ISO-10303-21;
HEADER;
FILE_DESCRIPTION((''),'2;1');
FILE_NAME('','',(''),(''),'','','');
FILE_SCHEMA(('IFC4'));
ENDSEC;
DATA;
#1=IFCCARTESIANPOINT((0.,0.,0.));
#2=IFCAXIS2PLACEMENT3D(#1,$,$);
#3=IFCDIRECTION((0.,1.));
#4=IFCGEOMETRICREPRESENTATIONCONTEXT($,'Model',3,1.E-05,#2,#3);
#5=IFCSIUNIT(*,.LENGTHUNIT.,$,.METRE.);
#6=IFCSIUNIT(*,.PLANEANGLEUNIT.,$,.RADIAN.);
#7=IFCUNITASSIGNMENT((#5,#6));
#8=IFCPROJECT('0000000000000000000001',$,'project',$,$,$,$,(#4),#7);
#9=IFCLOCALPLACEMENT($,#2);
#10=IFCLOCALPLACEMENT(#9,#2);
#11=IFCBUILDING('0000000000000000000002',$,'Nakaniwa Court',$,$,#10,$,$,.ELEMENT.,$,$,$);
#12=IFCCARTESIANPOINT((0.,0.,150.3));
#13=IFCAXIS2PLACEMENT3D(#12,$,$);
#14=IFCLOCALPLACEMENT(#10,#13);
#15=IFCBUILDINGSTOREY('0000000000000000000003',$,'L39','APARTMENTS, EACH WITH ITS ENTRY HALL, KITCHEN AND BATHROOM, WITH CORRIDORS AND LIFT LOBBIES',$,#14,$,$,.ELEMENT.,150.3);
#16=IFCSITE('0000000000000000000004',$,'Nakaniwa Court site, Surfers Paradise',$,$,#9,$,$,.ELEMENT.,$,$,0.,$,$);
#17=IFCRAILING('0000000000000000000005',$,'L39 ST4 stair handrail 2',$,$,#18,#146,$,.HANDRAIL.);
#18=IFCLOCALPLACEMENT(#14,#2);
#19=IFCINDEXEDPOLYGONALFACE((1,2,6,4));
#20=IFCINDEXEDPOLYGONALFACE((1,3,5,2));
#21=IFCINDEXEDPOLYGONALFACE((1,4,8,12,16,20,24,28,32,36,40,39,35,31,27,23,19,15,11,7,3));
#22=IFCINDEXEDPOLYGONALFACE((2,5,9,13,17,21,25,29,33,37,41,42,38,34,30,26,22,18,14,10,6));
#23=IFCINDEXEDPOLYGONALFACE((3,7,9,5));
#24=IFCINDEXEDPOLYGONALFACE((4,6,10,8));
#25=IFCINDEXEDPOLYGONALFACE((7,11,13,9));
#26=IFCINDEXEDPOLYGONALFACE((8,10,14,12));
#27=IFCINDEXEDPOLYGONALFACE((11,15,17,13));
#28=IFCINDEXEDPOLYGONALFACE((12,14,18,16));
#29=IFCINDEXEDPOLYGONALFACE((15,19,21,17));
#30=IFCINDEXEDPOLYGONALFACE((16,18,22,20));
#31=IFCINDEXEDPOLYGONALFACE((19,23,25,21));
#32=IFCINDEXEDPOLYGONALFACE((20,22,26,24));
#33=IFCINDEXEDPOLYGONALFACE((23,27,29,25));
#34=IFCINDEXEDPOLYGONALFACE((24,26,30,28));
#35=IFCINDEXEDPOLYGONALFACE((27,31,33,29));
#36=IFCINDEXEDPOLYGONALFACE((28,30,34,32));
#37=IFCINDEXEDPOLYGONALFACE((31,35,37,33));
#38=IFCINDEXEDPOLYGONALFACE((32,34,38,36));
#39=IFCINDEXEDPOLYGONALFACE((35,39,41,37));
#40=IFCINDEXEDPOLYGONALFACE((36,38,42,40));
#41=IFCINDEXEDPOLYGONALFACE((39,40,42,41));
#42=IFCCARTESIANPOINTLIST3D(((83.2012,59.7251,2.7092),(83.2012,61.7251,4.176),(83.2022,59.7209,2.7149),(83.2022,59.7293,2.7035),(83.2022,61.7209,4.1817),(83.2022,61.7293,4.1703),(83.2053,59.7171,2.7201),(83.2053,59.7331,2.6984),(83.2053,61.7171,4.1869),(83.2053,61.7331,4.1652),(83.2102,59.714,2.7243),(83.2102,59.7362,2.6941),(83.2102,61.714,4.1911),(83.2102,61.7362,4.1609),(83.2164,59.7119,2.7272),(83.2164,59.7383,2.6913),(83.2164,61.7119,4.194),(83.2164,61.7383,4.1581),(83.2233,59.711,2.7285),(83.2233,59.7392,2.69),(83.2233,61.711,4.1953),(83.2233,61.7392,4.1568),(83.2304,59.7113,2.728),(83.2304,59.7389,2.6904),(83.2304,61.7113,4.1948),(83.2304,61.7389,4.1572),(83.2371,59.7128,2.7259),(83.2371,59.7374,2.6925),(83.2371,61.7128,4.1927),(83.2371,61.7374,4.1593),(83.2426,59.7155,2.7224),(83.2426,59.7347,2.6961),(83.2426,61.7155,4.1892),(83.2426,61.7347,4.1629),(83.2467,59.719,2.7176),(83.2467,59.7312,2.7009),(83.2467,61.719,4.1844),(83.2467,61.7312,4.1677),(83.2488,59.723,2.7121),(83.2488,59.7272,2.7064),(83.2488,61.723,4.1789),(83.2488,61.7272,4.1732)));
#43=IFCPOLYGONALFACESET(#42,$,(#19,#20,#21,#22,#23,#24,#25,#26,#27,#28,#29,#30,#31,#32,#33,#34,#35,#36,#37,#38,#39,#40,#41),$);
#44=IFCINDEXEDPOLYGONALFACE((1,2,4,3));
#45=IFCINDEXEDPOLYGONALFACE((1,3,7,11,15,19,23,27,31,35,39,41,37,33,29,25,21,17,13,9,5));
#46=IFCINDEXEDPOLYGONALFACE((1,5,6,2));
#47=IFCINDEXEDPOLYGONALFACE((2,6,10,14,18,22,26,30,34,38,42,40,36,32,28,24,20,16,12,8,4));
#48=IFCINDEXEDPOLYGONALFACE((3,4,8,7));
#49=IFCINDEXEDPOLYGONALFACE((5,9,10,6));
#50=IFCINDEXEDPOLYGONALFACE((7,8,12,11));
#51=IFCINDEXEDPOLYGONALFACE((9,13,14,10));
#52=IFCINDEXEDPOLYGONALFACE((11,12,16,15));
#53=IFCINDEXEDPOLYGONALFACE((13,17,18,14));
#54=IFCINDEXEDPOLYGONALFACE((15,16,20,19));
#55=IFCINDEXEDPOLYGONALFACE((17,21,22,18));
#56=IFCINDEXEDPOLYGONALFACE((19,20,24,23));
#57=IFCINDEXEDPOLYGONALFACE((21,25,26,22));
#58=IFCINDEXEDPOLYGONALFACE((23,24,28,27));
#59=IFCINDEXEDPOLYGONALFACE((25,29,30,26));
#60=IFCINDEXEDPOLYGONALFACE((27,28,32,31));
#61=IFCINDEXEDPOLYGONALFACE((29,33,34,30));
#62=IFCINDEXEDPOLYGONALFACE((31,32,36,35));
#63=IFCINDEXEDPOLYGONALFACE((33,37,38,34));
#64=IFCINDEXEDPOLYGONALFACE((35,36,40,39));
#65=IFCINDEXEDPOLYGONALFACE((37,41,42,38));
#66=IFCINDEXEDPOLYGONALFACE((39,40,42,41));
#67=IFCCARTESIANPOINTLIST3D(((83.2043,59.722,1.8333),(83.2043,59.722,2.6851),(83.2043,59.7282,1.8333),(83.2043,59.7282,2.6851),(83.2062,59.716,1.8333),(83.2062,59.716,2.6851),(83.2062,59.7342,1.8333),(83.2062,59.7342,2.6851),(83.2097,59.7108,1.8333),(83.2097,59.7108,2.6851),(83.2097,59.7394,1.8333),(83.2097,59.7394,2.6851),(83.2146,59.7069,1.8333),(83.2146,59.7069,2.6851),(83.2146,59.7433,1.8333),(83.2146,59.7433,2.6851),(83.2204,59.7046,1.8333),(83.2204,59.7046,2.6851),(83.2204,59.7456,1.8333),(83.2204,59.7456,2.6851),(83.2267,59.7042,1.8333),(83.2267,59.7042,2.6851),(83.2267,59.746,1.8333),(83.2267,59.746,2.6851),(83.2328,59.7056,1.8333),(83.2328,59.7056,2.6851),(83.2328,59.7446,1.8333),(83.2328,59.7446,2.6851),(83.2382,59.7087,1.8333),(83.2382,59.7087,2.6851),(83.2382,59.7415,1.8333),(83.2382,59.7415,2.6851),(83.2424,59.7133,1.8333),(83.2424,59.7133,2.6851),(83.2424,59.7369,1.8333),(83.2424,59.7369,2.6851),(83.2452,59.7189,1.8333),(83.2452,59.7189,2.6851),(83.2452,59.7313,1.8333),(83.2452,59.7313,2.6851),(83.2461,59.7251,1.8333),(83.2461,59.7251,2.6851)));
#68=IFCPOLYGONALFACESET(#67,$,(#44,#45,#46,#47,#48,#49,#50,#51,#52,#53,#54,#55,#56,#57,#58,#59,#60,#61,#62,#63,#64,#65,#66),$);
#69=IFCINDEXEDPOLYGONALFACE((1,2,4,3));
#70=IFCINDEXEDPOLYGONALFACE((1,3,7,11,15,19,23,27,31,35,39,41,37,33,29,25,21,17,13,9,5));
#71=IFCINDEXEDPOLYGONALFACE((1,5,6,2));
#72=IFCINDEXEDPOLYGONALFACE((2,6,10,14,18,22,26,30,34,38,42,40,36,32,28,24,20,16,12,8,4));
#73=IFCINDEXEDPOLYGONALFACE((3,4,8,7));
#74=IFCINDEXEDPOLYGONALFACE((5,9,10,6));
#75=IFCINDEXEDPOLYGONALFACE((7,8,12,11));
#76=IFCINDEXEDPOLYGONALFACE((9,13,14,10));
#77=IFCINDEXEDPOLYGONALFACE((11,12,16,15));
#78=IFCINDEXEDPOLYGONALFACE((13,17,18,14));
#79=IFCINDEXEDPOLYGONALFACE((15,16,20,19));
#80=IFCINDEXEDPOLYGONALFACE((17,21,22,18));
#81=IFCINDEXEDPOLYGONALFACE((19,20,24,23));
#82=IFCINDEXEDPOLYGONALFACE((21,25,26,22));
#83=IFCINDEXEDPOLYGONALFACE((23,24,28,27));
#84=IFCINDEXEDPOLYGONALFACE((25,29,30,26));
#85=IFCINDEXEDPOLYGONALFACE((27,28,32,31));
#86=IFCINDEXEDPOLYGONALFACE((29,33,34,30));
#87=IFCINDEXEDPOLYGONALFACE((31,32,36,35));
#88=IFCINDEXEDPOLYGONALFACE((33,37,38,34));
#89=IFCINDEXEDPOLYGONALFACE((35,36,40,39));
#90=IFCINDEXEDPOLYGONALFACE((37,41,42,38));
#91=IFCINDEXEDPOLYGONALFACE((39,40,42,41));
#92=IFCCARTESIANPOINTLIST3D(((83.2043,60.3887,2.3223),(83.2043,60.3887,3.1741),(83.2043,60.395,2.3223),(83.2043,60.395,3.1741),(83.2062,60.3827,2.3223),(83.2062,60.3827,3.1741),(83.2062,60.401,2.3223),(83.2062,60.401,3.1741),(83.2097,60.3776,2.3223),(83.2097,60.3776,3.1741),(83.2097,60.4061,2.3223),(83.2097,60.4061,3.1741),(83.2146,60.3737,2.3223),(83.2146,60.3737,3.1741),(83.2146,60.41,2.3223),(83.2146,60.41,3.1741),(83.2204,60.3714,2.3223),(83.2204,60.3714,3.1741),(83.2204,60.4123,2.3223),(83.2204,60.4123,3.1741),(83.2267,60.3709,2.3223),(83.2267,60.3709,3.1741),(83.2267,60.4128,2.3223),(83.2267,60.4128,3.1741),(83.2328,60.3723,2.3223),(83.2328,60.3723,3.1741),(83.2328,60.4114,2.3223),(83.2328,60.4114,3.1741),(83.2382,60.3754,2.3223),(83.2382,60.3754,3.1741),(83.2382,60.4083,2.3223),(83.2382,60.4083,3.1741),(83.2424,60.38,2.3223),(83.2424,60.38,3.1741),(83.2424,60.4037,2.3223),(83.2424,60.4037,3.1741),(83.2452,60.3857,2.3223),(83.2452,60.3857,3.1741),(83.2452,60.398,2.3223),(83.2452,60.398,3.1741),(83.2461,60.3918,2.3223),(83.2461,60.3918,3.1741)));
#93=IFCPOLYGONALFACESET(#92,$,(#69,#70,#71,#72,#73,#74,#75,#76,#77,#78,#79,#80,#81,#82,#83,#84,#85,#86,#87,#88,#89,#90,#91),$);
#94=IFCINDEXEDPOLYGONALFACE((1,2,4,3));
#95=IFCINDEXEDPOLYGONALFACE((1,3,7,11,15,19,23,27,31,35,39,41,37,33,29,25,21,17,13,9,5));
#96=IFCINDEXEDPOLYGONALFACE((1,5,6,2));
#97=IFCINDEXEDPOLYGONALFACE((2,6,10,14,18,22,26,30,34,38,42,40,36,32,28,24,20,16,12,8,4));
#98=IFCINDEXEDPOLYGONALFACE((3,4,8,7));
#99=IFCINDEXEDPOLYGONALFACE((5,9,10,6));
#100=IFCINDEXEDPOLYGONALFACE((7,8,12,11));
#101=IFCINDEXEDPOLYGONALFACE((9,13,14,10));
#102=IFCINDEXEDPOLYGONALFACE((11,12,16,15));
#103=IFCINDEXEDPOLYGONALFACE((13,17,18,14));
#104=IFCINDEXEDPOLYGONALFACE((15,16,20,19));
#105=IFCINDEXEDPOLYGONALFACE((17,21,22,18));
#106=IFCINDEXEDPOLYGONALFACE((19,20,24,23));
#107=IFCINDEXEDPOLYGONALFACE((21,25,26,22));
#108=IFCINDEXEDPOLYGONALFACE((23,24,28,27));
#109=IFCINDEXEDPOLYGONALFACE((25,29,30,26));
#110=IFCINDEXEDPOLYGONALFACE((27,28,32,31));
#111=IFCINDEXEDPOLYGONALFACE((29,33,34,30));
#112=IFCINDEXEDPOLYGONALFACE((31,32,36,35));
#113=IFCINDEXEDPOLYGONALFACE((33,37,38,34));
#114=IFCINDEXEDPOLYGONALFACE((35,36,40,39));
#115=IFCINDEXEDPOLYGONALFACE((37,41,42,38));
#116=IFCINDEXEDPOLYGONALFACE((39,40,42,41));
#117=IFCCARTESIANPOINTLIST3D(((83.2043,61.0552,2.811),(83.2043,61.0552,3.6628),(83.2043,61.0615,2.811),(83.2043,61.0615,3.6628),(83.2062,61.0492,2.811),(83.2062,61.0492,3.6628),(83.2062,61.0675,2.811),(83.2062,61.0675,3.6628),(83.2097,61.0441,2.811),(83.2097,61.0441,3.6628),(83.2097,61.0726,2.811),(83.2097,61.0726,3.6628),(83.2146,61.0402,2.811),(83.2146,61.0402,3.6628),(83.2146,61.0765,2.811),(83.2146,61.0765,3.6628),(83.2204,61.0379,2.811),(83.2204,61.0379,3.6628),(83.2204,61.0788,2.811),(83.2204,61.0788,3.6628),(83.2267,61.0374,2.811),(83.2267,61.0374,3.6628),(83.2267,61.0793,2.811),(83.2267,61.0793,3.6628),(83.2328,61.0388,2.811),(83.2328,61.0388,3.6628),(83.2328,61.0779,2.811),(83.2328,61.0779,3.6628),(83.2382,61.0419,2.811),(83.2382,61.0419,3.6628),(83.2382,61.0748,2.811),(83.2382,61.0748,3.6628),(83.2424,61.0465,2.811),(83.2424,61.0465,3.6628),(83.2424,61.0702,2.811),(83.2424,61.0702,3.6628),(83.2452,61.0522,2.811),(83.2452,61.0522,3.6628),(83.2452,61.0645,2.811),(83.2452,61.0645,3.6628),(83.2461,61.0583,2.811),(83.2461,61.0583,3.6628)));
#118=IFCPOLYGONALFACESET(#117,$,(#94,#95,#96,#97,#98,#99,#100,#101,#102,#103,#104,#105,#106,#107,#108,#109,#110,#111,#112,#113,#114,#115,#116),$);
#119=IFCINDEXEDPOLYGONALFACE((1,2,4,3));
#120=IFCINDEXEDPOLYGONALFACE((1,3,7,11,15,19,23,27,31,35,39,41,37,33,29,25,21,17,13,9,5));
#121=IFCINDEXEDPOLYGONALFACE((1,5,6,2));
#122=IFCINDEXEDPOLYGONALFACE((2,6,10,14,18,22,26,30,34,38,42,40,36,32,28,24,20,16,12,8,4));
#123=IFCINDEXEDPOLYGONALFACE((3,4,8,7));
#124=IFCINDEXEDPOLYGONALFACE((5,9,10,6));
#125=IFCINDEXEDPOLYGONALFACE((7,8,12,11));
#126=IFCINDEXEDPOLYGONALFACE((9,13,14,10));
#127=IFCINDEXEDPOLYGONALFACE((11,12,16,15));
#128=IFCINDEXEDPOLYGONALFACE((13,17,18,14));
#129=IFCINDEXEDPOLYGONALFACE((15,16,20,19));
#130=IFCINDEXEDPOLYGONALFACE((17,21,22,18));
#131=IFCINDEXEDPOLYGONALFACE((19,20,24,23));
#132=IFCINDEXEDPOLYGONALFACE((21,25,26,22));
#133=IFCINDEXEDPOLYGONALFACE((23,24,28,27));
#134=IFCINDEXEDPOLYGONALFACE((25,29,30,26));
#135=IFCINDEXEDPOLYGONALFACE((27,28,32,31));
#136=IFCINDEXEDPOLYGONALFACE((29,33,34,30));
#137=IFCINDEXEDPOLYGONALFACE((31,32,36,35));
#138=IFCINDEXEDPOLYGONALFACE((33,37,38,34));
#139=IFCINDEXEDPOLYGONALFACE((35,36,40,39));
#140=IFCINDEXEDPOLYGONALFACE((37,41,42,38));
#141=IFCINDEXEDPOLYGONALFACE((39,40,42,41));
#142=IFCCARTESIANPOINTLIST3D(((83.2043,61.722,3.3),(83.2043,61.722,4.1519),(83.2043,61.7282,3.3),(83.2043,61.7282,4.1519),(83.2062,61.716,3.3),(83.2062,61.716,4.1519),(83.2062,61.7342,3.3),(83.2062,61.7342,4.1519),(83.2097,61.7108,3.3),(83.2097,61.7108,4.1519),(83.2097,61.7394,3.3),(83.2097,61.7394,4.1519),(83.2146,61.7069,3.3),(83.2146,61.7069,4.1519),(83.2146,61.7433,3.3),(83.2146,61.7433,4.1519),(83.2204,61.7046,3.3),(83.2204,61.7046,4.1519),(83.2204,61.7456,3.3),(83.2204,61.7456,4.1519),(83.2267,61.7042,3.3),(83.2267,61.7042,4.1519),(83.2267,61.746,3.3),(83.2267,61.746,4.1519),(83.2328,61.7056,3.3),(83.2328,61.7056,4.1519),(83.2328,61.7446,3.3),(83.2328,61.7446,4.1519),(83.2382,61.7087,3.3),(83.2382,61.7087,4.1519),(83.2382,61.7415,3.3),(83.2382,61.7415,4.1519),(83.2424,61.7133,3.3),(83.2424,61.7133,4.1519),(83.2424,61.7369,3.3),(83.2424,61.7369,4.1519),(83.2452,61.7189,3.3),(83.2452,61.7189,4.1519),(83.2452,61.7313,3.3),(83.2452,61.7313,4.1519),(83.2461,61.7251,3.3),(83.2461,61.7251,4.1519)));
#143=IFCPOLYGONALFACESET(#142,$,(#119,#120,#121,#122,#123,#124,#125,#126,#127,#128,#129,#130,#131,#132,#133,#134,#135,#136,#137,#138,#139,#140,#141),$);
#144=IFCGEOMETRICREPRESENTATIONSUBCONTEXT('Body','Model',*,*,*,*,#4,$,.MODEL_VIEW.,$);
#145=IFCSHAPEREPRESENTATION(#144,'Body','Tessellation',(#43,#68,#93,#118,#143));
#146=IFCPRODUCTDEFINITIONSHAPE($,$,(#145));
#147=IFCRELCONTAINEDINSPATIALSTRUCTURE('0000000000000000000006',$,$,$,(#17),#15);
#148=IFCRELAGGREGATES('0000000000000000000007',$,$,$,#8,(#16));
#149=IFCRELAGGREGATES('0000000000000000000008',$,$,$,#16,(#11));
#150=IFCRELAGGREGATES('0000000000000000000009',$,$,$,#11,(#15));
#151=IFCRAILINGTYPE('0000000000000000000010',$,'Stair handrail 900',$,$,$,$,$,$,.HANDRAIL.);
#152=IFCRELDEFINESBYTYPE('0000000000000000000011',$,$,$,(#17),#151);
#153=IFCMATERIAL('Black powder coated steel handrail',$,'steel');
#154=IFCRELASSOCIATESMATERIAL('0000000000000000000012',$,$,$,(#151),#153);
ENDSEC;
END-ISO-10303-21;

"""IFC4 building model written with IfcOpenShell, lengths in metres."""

from ifc_helpers import new_model, si_unit, direction, frame, origin, origin_2d, place, context, subcontext, project, spatial, circle, extrude, material, type_object, element, save


model = new_model("IFC4")

# Units and contexts
model_context = context("Model", 3, precision=1e-05, world=origin(), true_north=direction((0.0, 1.0)))
body_context = subcontext(model_context, "Body", "Model", "MODEL_VIEW")
ifc_project = project(units=[si_unit("LENGTHUNIT", "METRE"), si_unit("PLANEANGLEUNIT", "RADIAN")], contexts=[model_context])

# Site, building, storey
site_placement = place(None, origin())
site = spatial("IfcSite", under=ifc_project, at=site_placement, Name="Nakaniwa Court site, Surfers Paradise", CompositionType="ELEMENT", RefElevation=0.0)
building_placement = place(site_placement, origin())
building = spatial("IfcBuilding", under=site, at=building_placement, Name="Nakaniwa Court", CompositionType="ELEMENT")
storey_placement = place(building_placement, frame((0.0, 0.0, 150.3)))
storey = spatial("IfcBuildingStorey", under=building, at=storey_placement, Name="L39", Description="APARTMENTS, EACH WITH ITS ENTRY HALL, KITCHEN AND BATHROOM, WITH CORRIDORS AND LIFT LOBBIES", CompositionType="ELEMENT", Elevation=150.3)

# Railing
ifc_material_1 = material(Name="Black powder coated steel handrail", Category="steel")
railing_type_1 = type_object("IfcRailingType", Name="Stair handrail 900", PredefinedType="HANDRAIL", material=ifc_material_1)
railing_1_placement = place(storey_placement, frame((83.2251, 59.7251, 1.8333)))
element("IfcRailing", 1, at=railing_1_placement, inside=storey, type_object=railing_type_1, Name="L39 ST4 stair handrail 2", PredefinedType="HANDRAIL", context=body_context, shape_type="SweptSolid", body=[
    extrude(circle(Radius=0.0239, at=origin_2d()), frame((0.0, 0.0, 0.876), z_axis=(0.0, 0.80638, 0.591398), x_axis=(-1.0, 0.0, 0.0)), (0.0, 0.0, 1.0), 2.4802),
    extrude(circle(Radius=0.021, at=origin_2d()), origin(), (0.0, 0.0, 1.0), 0.8518),
    extrude(circle(Radius=0.021, at=origin_2d()), frame((0.0, 0.6667, 0.489)), (0.0, 0.0, 1.0), 0.8518),
    extrude(circle(Radius=0.021, at=origin_2d()), frame((0.0, 1.3333, 0.9778)), (0.0, 0.0, 1.0), 0.8518),
    extrude(circle(Radius=0.021, at=origin_2d()), frame((0.0, 2.0, 1.4668)), (0.0, 0.0, 1.0), 0.8518),
])

save(model, "model.ifc")
